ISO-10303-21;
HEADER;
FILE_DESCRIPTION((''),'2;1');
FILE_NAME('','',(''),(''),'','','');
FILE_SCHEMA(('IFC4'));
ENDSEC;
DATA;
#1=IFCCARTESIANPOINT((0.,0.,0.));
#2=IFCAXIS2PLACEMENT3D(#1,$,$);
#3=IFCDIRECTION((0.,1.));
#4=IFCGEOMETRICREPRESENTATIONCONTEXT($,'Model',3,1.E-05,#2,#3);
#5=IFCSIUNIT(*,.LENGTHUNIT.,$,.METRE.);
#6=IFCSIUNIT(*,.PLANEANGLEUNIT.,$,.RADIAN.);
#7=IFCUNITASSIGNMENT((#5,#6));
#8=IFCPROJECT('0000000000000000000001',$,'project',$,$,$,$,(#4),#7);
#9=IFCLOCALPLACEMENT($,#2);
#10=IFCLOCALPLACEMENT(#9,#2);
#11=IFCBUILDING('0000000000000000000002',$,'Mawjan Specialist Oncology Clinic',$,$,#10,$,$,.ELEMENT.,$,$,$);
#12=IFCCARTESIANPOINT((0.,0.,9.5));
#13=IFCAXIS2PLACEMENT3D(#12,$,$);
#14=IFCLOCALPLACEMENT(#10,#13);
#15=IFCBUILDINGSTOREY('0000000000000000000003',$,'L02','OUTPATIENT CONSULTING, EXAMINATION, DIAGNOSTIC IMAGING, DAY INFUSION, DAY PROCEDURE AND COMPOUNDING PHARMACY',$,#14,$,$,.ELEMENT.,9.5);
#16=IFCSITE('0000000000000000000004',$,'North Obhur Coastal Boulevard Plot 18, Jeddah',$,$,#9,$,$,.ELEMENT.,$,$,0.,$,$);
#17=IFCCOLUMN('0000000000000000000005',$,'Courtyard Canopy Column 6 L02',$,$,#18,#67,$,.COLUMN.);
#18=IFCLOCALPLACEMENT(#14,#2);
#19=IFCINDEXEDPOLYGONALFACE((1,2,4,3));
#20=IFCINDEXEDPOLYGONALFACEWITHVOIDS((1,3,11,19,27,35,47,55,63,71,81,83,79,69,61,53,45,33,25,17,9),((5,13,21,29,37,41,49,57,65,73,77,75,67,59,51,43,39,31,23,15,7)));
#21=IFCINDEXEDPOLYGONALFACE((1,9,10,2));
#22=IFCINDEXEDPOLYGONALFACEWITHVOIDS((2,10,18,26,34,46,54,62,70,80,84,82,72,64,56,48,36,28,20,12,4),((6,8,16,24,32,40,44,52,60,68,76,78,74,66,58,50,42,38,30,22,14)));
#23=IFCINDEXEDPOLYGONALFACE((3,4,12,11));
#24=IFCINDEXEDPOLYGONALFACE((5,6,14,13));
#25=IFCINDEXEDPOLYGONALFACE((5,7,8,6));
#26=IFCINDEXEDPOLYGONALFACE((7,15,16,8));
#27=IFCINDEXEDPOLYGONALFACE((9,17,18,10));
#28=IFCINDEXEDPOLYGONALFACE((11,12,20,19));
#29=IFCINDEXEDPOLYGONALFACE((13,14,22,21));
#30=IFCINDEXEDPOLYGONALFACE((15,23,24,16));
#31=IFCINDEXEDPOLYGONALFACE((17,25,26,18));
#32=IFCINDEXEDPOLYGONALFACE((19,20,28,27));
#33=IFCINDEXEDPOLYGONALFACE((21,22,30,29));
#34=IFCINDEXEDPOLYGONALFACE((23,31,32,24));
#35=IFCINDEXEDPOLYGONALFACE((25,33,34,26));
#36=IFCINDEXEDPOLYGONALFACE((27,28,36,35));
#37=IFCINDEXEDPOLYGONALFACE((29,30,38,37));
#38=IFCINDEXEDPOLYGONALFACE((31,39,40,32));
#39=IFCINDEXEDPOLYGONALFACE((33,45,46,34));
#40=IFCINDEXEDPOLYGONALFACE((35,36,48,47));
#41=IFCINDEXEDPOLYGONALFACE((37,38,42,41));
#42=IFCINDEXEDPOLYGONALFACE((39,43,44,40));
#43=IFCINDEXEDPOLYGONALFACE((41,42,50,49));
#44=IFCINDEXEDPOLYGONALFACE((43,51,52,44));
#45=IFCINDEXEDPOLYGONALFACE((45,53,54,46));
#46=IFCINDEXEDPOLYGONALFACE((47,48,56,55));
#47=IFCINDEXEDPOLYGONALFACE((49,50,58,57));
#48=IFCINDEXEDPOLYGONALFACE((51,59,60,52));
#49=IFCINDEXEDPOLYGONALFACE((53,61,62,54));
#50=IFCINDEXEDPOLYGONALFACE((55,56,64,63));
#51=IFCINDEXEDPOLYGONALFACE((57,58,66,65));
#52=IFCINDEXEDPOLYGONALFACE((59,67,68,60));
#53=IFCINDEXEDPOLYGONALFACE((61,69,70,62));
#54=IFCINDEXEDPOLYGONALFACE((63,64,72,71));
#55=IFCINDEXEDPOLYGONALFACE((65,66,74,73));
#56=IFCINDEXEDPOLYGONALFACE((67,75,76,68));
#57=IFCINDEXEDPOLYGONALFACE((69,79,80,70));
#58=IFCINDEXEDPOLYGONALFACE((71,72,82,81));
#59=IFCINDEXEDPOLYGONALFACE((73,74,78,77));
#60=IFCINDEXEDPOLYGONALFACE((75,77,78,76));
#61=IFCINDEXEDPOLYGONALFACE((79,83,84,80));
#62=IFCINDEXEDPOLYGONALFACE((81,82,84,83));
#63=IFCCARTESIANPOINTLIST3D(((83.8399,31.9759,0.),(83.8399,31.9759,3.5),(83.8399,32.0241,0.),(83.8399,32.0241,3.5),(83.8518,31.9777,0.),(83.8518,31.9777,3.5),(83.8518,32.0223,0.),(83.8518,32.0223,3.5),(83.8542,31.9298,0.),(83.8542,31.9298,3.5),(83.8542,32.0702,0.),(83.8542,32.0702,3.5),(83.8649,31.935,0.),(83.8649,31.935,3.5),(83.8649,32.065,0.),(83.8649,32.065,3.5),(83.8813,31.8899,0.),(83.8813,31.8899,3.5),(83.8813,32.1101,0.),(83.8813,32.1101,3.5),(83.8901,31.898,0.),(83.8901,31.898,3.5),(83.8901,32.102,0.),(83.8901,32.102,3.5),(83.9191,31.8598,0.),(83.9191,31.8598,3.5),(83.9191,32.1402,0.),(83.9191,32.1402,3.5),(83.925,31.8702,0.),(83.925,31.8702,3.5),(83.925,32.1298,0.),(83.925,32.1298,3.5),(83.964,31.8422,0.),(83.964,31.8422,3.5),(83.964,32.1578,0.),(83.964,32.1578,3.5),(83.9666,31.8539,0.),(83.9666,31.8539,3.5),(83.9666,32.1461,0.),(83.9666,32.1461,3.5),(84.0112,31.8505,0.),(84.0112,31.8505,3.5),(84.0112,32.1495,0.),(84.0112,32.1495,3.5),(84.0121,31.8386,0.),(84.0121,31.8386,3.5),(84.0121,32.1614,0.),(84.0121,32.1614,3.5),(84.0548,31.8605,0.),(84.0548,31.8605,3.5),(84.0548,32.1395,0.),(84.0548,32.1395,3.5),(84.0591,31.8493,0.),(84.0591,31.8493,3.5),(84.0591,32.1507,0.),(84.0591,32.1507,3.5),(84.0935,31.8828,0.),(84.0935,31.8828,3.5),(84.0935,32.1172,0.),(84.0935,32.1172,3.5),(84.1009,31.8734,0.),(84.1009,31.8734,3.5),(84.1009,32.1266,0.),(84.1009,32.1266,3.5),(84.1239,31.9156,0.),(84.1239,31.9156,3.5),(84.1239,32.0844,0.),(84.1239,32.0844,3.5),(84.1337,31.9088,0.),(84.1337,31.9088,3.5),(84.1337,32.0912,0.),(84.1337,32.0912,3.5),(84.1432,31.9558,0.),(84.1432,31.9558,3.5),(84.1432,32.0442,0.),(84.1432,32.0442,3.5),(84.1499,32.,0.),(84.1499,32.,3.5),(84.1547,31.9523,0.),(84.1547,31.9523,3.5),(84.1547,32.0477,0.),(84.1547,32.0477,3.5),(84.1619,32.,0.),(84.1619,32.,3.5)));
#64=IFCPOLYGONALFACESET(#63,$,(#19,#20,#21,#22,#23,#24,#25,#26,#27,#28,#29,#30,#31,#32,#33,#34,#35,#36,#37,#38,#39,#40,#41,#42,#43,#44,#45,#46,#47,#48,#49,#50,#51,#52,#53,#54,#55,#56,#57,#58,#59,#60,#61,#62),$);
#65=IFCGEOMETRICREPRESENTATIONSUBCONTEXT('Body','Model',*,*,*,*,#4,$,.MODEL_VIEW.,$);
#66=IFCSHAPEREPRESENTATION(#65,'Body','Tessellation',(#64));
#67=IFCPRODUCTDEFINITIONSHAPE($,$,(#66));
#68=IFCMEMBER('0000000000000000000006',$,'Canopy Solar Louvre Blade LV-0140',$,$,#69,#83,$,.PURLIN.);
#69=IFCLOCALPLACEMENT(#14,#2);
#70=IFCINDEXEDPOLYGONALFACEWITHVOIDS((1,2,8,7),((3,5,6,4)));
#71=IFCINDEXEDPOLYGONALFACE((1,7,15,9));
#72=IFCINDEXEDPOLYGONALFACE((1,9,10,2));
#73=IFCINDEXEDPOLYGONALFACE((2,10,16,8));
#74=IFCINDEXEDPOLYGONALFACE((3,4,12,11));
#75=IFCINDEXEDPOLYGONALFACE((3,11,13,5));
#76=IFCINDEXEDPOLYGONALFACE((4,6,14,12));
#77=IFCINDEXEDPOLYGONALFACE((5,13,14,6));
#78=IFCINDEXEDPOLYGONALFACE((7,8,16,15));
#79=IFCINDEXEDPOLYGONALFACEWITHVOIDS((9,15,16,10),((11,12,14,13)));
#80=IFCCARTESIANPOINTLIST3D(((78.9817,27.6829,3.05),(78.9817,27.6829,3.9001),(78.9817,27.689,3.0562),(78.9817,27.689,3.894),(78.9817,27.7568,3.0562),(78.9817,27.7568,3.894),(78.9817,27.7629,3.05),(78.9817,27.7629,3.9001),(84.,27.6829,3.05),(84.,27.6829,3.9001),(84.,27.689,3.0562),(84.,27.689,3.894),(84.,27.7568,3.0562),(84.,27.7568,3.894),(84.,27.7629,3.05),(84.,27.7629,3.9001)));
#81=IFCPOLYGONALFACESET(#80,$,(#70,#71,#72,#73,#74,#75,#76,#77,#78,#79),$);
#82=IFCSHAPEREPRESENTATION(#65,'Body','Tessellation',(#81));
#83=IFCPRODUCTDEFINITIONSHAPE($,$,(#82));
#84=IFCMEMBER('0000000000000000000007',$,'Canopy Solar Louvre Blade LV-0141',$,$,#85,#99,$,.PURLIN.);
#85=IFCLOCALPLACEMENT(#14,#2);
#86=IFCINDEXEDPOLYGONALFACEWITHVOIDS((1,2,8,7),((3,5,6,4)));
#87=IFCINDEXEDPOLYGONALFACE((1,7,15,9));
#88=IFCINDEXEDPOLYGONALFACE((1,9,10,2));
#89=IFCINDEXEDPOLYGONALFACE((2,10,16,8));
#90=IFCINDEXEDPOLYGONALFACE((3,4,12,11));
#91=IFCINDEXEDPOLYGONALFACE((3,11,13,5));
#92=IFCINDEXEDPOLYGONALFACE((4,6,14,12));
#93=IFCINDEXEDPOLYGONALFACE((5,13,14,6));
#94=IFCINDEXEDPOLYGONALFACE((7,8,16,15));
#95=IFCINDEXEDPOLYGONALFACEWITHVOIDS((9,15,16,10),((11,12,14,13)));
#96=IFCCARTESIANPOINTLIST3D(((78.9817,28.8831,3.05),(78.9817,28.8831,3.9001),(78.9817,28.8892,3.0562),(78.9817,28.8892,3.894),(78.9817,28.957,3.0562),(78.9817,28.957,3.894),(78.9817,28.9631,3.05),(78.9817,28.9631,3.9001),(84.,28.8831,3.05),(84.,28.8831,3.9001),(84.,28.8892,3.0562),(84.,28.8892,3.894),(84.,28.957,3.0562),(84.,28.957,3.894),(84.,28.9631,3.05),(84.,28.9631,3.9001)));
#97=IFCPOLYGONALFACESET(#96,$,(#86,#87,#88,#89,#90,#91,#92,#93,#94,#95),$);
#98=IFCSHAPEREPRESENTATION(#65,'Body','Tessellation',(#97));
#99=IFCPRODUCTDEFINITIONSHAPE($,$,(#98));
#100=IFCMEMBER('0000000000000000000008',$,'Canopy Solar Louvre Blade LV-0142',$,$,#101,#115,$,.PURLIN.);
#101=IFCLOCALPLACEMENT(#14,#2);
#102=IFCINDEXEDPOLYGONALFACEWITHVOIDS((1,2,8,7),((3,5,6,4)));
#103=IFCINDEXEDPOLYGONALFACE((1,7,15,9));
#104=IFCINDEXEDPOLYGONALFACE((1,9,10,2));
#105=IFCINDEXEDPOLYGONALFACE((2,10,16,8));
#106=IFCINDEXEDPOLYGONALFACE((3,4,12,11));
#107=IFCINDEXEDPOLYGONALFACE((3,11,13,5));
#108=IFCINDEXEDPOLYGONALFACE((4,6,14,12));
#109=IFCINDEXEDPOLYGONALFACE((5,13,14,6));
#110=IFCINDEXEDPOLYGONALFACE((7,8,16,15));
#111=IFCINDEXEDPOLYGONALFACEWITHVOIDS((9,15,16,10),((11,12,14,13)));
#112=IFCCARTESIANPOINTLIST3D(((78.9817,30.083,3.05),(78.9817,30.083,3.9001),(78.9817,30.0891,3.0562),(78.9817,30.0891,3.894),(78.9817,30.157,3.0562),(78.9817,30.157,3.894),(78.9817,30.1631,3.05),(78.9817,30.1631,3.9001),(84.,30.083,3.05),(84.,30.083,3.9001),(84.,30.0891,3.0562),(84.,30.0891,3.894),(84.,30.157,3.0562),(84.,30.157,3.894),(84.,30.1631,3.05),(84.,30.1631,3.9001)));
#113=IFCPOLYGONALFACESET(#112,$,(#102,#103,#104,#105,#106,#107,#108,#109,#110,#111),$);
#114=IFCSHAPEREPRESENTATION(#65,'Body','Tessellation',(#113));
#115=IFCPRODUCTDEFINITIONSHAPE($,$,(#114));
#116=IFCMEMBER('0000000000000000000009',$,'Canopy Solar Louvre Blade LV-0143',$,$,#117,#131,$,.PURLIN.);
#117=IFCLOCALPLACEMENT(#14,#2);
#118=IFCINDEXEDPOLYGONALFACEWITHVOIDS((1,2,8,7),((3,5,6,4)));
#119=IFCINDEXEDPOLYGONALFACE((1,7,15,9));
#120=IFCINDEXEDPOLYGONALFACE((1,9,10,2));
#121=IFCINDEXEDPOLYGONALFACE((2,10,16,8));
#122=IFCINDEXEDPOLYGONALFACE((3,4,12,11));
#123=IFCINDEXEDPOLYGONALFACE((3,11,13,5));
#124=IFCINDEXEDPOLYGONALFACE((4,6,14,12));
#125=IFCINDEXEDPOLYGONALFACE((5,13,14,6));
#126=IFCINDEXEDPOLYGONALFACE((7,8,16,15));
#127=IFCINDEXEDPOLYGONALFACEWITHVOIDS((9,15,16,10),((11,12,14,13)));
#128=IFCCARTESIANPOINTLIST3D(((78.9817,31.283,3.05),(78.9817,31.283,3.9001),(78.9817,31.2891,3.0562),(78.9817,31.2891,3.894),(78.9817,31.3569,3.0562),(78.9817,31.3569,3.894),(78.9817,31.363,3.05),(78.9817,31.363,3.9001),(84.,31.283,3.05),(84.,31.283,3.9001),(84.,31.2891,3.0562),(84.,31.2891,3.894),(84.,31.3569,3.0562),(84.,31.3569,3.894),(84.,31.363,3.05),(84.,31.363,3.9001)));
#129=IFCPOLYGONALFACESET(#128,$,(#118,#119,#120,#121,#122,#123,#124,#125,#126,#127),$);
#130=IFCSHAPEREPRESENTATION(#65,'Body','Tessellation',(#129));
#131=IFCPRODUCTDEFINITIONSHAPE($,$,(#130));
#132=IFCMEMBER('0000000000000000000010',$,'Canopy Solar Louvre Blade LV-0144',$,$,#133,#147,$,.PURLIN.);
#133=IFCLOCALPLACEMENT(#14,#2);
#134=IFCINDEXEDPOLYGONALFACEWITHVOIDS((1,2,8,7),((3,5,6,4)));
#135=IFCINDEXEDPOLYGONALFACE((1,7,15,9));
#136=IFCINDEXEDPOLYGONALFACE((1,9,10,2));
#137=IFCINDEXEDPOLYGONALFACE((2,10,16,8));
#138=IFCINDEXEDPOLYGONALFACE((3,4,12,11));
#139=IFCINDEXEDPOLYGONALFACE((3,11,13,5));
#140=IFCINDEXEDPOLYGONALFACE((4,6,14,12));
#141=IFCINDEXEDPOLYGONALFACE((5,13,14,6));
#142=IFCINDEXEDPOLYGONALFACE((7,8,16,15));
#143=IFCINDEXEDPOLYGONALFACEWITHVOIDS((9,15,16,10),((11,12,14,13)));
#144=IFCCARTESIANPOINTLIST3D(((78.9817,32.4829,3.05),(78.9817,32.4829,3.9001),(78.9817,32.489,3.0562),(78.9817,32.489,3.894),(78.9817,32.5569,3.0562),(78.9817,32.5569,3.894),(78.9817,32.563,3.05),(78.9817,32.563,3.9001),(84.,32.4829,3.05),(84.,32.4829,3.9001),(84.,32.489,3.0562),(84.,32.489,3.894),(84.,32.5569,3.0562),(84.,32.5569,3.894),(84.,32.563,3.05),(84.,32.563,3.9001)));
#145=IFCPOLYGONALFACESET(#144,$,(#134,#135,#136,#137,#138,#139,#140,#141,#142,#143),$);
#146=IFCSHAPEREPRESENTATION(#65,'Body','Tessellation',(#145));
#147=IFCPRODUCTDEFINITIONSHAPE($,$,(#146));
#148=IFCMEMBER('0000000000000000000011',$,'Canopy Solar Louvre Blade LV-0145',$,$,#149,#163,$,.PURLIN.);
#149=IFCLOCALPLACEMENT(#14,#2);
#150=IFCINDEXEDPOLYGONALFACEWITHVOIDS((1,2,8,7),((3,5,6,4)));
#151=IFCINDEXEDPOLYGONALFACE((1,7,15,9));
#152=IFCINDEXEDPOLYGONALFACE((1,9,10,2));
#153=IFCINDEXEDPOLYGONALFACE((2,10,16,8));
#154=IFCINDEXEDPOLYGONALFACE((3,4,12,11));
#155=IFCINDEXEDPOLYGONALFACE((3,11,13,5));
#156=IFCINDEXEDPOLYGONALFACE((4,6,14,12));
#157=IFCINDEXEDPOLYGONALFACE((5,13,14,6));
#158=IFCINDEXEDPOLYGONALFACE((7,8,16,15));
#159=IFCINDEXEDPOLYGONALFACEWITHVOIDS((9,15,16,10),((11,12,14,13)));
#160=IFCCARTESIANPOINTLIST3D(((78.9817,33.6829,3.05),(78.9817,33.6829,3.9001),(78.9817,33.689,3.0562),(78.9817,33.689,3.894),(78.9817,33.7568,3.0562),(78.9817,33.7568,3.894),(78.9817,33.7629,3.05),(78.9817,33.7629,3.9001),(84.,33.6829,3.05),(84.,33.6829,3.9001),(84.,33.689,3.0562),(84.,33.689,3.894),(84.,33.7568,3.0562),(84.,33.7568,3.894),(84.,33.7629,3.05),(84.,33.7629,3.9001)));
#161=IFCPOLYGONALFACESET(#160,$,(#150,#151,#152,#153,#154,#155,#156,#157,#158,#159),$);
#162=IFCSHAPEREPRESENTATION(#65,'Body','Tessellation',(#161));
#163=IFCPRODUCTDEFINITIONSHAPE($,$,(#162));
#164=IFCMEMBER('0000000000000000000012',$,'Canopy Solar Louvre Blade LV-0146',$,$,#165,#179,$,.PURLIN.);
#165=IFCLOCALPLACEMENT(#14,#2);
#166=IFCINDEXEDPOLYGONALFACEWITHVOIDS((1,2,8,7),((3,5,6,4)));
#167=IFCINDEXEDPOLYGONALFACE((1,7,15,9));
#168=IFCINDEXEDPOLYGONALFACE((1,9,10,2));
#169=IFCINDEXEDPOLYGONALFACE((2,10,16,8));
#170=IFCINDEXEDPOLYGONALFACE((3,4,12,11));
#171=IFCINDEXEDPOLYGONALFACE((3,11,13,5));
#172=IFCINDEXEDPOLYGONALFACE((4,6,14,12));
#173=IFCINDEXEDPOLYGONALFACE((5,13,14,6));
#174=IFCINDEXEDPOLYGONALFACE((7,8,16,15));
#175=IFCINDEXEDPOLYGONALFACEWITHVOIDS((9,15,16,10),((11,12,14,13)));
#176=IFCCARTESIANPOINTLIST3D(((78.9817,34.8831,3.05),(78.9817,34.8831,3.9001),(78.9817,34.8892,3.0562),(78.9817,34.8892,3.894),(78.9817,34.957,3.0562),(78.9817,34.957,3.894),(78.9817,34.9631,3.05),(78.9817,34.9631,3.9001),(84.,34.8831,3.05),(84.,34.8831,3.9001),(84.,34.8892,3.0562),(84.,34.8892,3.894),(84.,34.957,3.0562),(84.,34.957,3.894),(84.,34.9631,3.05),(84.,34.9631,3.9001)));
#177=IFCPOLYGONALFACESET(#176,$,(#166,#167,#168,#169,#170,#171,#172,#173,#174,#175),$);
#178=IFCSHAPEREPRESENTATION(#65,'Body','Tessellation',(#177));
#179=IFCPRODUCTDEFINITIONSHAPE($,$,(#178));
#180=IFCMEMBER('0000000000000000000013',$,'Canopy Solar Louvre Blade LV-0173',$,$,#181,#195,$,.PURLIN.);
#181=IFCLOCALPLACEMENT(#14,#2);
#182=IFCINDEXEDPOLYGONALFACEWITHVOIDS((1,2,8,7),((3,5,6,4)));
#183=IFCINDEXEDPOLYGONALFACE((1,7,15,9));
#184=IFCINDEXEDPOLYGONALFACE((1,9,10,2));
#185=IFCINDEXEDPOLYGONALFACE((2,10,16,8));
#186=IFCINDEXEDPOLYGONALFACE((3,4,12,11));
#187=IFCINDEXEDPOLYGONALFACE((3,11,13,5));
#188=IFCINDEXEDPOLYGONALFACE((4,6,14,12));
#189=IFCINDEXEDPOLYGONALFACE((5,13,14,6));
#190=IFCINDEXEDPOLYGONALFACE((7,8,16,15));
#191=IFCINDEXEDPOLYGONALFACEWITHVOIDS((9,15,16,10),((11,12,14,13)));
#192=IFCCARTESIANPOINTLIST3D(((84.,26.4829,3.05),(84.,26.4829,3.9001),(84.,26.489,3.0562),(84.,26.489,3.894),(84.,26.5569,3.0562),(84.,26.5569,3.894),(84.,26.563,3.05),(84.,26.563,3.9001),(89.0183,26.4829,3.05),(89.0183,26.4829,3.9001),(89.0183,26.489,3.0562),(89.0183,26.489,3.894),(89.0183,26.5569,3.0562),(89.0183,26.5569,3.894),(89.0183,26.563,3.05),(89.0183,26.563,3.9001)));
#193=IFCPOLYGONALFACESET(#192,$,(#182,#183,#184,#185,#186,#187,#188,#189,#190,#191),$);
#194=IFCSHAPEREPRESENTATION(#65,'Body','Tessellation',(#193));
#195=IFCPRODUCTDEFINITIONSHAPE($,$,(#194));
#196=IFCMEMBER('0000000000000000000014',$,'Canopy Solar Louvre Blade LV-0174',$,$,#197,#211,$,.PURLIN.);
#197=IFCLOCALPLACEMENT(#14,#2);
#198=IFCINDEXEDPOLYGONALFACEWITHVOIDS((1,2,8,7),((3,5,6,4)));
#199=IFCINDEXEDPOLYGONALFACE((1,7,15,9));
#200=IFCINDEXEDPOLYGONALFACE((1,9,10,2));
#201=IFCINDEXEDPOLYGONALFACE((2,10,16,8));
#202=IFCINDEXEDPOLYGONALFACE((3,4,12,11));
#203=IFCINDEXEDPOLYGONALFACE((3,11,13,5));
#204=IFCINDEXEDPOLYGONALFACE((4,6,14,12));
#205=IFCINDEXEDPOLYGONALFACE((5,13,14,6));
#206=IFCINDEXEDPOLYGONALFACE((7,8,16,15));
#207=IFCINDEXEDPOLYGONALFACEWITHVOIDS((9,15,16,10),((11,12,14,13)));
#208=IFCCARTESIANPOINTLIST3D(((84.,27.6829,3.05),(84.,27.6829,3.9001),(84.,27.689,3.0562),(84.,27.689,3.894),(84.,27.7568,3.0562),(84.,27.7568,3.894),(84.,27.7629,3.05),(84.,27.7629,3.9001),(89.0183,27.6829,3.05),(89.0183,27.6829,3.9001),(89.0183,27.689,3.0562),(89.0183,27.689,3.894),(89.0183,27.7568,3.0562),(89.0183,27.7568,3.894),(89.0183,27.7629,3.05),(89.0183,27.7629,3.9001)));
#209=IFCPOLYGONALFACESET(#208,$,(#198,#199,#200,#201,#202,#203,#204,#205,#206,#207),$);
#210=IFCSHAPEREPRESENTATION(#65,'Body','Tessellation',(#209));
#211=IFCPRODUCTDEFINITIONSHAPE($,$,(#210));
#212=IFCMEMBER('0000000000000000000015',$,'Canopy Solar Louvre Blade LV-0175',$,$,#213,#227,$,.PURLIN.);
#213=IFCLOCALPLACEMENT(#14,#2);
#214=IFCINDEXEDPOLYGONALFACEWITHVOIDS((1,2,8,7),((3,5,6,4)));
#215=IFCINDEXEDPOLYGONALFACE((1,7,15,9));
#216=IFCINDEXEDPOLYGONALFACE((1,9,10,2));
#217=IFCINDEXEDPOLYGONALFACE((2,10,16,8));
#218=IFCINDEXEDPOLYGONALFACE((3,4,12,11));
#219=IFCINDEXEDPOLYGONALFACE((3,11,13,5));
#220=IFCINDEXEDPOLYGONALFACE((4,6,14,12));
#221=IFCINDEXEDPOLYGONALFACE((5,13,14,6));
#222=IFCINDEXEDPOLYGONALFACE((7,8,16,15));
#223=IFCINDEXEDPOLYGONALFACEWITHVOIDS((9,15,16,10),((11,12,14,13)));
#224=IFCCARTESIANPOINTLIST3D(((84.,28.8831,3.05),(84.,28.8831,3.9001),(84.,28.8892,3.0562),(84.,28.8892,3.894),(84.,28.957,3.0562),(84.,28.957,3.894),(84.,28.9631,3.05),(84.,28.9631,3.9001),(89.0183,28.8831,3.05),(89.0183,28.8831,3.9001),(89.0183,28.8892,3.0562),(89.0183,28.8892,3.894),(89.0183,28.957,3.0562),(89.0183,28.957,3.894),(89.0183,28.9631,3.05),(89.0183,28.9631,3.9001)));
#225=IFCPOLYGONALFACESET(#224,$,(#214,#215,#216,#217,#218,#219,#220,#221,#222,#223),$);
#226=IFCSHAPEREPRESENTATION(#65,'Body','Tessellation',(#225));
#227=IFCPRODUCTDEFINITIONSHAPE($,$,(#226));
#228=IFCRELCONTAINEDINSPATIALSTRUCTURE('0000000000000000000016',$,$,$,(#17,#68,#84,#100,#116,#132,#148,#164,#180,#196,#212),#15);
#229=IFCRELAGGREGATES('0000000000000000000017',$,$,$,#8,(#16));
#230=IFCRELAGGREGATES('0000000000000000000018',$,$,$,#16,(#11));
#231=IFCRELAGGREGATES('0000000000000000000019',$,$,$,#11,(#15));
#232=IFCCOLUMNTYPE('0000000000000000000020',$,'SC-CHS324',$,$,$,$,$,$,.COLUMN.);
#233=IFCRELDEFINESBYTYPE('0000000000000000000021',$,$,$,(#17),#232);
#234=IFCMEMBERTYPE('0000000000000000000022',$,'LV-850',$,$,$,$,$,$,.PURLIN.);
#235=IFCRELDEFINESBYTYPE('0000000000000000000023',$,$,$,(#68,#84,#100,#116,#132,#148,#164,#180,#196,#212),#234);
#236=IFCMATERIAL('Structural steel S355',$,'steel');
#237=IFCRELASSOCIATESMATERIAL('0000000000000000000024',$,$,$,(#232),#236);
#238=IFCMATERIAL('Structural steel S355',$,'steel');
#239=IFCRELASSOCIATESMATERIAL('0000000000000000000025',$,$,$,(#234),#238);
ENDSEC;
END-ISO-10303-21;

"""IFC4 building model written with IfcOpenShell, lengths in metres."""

from ifc_helpers import new_model, si_unit, direction, frame, origin, origin_2d, place, context, subcontext, project, spatial, hollow_rectangle, hollow_circle, extrude, material, material_profile, profile_set, type_object, element, save


model = new_model("IFC4")

# Units and contexts
model_context = context("Model", 3, precision=1e-05, world=origin(), true_north=direction((0.0, 1.0)))
body_context = subcontext(model_context, "Body", "Model", "MODEL_VIEW")
ifc_project = project(units=[si_unit("LENGTHUNIT", "METRE"), si_unit("PLANEANGLEUNIT", "RADIAN")], contexts=[model_context])

# Site, building, storey
site_placement = place(None, origin())
site = spatial("IfcSite", under=ifc_project, at=site_placement, Name="North Obhur Coastal Boulevard Plot 18, Jeddah", CompositionType="ELEMENT", RefElevation=0.0)
building_placement = place(site_placement, origin())
building = spatial("IfcBuilding", under=site, at=building_placement, Name="Mawjan Specialist Oncology Clinic", CompositionType="ELEMENT")
storey_placement = place(building_placement, frame((0.0, 0.0, 9.5)))
storey = spatial("IfcBuildingStorey", under=building, at=storey_placement, Name="L02", Description="OUTPATIENT CONSULTING, EXAMINATION, DIAGNOSTIC IMAGING, DAY INFUSION, DAY PROCEDURE AND COMPOUNDING PHARMACY", CompositionType="ELEMENT", Elevation=9.5)

# Column
ifc_material_1 = material(Name="Structural steel S355", Category="steel")
ifc_material_profile_1 = material_profile(ifc_material_1, hollow_circle(Radius=0.1619, WallThickness=0.012, at=origin_2d()), Name="CHS 323.9x12", Category="steel")
ifc_profile_set_1 = profile_set([ifc_material_profile_1], Name="Structural steel S355")
column_type = type_object("IfcColumnType", Name="SC-CHS324", PredefinedType="COLUMN", material=ifc_profile_set_1)
column_placement = place(storey_placement, frame((84.0, 32.0, 0.0), z_axis=(0.0, 0.0, 1.0), x_axis=(1.0, 0.0, 0.0)))
element("IfcColumn", 1, at=column_placement, inside=storey, type_object=column_type, Name="Courtyard Canopy Column 6 L02", PredefinedType="COLUMN", context=body_context, shape_type="SweptSolid", body=[
    extrude(hollow_circle(Radius=0.1619, WallThickness=0.012, at=origin_2d()), origin(), (0.0, 0.0, 1.0), 3.5),
])

# Members
ifc_material_2 = material(Name="Structural steel S355", Category="steel")
ifc_material_profile_2 = material_profile(ifc_material_2, hollow_rectangle(XDim=0.0801, YDim=0.8501, WallThickness=0.0061, at=origin_2d()), Name="LOUVRE 850x80x6", Category="steel")
ifc_profile_set_2 = profile_set([ifc_material_profile_2], Name="Structural steel S355")
member_type = type_object("IfcMemberType", Name="LV-850", PredefinedType="PURLIN", material=ifc_profile_set_2)
for number, where, z_axis, x_axis, name in (
    (2, (78.9817, 27.7229, 3.4751), (1.0, 0.0, 0.0), (0.0, 1.0, 0.0), "Canopy Solar Louvre Blade LV-0140"),
    (3, (78.9817, 28.9231, 3.4751), (1.0, 0.0, 0.0), (0.0, 1.0, 0.0), "Canopy Solar Louvre Blade LV-0141"),
    (4, (78.9817, 30.123, 3.4751), (1.0, 0.0, 0.0), (0.0, 1.0, 0.0), "Canopy Solar Louvre Blade LV-0142"),
    (5, (78.9817, 31.323, 3.4751), (1.0, 0.0, 0.0), (0.0, 1.0, 0.0), "Canopy Solar Louvre Blade LV-0143"),
    (6, (78.9817, 32.5229, 3.4751), (1.0, 0.0, 0.0), (0.0, 1.0, 0.0), "Canopy Solar Louvre Blade LV-0144"),
    (7, (78.9817, 33.7229, 3.4751), (1.0, 0.0, 0.0), (0.0, 1.0, 0.0), "Canopy Solar Louvre Blade LV-0145"),
    (8, (78.9817, 34.9231, 3.4751), (1.0, 0.0, 0.0), (0.0, 1.0, 0.0), "Canopy Solar Louvre Blade LV-0146"),
    (9, (84.0, 26.5229, 3.4751), (1.0, 0.0, 0.0), (0.0, 1.0, 0.0), "Canopy Solar Louvre Blade LV-0173"),
    (10, (84.0, 27.7229, 3.4751), (1.0, 0.0, 0.0), (0.0, 1.0, 0.0), "Canopy Solar Louvre Blade LV-0174"),
    (11, (84.0, 28.9231, 3.4751), (1.0, 0.0, 0.0), (0.0, 1.0, 0.0), "Canopy Solar Louvre Blade LV-0175"),
):
    element("IfcMember", number, at=place(storey_placement, frame(where, z_axis=z_axis, x_axis=x_axis)), inside=storey, type_object=member_type, Name=name, PredefinedType="PURLIN", context=body_context, shape_type="SweptSolid", body=[
        extrude(hollow_rectangle(XDim=0.0801, YDim=0.8501, WallThickness=0.0061, at=origin_2d()), origin(), (0.0, 0.0, 1.0), 5.0183),
    ])

save(model, "model.ifc")
